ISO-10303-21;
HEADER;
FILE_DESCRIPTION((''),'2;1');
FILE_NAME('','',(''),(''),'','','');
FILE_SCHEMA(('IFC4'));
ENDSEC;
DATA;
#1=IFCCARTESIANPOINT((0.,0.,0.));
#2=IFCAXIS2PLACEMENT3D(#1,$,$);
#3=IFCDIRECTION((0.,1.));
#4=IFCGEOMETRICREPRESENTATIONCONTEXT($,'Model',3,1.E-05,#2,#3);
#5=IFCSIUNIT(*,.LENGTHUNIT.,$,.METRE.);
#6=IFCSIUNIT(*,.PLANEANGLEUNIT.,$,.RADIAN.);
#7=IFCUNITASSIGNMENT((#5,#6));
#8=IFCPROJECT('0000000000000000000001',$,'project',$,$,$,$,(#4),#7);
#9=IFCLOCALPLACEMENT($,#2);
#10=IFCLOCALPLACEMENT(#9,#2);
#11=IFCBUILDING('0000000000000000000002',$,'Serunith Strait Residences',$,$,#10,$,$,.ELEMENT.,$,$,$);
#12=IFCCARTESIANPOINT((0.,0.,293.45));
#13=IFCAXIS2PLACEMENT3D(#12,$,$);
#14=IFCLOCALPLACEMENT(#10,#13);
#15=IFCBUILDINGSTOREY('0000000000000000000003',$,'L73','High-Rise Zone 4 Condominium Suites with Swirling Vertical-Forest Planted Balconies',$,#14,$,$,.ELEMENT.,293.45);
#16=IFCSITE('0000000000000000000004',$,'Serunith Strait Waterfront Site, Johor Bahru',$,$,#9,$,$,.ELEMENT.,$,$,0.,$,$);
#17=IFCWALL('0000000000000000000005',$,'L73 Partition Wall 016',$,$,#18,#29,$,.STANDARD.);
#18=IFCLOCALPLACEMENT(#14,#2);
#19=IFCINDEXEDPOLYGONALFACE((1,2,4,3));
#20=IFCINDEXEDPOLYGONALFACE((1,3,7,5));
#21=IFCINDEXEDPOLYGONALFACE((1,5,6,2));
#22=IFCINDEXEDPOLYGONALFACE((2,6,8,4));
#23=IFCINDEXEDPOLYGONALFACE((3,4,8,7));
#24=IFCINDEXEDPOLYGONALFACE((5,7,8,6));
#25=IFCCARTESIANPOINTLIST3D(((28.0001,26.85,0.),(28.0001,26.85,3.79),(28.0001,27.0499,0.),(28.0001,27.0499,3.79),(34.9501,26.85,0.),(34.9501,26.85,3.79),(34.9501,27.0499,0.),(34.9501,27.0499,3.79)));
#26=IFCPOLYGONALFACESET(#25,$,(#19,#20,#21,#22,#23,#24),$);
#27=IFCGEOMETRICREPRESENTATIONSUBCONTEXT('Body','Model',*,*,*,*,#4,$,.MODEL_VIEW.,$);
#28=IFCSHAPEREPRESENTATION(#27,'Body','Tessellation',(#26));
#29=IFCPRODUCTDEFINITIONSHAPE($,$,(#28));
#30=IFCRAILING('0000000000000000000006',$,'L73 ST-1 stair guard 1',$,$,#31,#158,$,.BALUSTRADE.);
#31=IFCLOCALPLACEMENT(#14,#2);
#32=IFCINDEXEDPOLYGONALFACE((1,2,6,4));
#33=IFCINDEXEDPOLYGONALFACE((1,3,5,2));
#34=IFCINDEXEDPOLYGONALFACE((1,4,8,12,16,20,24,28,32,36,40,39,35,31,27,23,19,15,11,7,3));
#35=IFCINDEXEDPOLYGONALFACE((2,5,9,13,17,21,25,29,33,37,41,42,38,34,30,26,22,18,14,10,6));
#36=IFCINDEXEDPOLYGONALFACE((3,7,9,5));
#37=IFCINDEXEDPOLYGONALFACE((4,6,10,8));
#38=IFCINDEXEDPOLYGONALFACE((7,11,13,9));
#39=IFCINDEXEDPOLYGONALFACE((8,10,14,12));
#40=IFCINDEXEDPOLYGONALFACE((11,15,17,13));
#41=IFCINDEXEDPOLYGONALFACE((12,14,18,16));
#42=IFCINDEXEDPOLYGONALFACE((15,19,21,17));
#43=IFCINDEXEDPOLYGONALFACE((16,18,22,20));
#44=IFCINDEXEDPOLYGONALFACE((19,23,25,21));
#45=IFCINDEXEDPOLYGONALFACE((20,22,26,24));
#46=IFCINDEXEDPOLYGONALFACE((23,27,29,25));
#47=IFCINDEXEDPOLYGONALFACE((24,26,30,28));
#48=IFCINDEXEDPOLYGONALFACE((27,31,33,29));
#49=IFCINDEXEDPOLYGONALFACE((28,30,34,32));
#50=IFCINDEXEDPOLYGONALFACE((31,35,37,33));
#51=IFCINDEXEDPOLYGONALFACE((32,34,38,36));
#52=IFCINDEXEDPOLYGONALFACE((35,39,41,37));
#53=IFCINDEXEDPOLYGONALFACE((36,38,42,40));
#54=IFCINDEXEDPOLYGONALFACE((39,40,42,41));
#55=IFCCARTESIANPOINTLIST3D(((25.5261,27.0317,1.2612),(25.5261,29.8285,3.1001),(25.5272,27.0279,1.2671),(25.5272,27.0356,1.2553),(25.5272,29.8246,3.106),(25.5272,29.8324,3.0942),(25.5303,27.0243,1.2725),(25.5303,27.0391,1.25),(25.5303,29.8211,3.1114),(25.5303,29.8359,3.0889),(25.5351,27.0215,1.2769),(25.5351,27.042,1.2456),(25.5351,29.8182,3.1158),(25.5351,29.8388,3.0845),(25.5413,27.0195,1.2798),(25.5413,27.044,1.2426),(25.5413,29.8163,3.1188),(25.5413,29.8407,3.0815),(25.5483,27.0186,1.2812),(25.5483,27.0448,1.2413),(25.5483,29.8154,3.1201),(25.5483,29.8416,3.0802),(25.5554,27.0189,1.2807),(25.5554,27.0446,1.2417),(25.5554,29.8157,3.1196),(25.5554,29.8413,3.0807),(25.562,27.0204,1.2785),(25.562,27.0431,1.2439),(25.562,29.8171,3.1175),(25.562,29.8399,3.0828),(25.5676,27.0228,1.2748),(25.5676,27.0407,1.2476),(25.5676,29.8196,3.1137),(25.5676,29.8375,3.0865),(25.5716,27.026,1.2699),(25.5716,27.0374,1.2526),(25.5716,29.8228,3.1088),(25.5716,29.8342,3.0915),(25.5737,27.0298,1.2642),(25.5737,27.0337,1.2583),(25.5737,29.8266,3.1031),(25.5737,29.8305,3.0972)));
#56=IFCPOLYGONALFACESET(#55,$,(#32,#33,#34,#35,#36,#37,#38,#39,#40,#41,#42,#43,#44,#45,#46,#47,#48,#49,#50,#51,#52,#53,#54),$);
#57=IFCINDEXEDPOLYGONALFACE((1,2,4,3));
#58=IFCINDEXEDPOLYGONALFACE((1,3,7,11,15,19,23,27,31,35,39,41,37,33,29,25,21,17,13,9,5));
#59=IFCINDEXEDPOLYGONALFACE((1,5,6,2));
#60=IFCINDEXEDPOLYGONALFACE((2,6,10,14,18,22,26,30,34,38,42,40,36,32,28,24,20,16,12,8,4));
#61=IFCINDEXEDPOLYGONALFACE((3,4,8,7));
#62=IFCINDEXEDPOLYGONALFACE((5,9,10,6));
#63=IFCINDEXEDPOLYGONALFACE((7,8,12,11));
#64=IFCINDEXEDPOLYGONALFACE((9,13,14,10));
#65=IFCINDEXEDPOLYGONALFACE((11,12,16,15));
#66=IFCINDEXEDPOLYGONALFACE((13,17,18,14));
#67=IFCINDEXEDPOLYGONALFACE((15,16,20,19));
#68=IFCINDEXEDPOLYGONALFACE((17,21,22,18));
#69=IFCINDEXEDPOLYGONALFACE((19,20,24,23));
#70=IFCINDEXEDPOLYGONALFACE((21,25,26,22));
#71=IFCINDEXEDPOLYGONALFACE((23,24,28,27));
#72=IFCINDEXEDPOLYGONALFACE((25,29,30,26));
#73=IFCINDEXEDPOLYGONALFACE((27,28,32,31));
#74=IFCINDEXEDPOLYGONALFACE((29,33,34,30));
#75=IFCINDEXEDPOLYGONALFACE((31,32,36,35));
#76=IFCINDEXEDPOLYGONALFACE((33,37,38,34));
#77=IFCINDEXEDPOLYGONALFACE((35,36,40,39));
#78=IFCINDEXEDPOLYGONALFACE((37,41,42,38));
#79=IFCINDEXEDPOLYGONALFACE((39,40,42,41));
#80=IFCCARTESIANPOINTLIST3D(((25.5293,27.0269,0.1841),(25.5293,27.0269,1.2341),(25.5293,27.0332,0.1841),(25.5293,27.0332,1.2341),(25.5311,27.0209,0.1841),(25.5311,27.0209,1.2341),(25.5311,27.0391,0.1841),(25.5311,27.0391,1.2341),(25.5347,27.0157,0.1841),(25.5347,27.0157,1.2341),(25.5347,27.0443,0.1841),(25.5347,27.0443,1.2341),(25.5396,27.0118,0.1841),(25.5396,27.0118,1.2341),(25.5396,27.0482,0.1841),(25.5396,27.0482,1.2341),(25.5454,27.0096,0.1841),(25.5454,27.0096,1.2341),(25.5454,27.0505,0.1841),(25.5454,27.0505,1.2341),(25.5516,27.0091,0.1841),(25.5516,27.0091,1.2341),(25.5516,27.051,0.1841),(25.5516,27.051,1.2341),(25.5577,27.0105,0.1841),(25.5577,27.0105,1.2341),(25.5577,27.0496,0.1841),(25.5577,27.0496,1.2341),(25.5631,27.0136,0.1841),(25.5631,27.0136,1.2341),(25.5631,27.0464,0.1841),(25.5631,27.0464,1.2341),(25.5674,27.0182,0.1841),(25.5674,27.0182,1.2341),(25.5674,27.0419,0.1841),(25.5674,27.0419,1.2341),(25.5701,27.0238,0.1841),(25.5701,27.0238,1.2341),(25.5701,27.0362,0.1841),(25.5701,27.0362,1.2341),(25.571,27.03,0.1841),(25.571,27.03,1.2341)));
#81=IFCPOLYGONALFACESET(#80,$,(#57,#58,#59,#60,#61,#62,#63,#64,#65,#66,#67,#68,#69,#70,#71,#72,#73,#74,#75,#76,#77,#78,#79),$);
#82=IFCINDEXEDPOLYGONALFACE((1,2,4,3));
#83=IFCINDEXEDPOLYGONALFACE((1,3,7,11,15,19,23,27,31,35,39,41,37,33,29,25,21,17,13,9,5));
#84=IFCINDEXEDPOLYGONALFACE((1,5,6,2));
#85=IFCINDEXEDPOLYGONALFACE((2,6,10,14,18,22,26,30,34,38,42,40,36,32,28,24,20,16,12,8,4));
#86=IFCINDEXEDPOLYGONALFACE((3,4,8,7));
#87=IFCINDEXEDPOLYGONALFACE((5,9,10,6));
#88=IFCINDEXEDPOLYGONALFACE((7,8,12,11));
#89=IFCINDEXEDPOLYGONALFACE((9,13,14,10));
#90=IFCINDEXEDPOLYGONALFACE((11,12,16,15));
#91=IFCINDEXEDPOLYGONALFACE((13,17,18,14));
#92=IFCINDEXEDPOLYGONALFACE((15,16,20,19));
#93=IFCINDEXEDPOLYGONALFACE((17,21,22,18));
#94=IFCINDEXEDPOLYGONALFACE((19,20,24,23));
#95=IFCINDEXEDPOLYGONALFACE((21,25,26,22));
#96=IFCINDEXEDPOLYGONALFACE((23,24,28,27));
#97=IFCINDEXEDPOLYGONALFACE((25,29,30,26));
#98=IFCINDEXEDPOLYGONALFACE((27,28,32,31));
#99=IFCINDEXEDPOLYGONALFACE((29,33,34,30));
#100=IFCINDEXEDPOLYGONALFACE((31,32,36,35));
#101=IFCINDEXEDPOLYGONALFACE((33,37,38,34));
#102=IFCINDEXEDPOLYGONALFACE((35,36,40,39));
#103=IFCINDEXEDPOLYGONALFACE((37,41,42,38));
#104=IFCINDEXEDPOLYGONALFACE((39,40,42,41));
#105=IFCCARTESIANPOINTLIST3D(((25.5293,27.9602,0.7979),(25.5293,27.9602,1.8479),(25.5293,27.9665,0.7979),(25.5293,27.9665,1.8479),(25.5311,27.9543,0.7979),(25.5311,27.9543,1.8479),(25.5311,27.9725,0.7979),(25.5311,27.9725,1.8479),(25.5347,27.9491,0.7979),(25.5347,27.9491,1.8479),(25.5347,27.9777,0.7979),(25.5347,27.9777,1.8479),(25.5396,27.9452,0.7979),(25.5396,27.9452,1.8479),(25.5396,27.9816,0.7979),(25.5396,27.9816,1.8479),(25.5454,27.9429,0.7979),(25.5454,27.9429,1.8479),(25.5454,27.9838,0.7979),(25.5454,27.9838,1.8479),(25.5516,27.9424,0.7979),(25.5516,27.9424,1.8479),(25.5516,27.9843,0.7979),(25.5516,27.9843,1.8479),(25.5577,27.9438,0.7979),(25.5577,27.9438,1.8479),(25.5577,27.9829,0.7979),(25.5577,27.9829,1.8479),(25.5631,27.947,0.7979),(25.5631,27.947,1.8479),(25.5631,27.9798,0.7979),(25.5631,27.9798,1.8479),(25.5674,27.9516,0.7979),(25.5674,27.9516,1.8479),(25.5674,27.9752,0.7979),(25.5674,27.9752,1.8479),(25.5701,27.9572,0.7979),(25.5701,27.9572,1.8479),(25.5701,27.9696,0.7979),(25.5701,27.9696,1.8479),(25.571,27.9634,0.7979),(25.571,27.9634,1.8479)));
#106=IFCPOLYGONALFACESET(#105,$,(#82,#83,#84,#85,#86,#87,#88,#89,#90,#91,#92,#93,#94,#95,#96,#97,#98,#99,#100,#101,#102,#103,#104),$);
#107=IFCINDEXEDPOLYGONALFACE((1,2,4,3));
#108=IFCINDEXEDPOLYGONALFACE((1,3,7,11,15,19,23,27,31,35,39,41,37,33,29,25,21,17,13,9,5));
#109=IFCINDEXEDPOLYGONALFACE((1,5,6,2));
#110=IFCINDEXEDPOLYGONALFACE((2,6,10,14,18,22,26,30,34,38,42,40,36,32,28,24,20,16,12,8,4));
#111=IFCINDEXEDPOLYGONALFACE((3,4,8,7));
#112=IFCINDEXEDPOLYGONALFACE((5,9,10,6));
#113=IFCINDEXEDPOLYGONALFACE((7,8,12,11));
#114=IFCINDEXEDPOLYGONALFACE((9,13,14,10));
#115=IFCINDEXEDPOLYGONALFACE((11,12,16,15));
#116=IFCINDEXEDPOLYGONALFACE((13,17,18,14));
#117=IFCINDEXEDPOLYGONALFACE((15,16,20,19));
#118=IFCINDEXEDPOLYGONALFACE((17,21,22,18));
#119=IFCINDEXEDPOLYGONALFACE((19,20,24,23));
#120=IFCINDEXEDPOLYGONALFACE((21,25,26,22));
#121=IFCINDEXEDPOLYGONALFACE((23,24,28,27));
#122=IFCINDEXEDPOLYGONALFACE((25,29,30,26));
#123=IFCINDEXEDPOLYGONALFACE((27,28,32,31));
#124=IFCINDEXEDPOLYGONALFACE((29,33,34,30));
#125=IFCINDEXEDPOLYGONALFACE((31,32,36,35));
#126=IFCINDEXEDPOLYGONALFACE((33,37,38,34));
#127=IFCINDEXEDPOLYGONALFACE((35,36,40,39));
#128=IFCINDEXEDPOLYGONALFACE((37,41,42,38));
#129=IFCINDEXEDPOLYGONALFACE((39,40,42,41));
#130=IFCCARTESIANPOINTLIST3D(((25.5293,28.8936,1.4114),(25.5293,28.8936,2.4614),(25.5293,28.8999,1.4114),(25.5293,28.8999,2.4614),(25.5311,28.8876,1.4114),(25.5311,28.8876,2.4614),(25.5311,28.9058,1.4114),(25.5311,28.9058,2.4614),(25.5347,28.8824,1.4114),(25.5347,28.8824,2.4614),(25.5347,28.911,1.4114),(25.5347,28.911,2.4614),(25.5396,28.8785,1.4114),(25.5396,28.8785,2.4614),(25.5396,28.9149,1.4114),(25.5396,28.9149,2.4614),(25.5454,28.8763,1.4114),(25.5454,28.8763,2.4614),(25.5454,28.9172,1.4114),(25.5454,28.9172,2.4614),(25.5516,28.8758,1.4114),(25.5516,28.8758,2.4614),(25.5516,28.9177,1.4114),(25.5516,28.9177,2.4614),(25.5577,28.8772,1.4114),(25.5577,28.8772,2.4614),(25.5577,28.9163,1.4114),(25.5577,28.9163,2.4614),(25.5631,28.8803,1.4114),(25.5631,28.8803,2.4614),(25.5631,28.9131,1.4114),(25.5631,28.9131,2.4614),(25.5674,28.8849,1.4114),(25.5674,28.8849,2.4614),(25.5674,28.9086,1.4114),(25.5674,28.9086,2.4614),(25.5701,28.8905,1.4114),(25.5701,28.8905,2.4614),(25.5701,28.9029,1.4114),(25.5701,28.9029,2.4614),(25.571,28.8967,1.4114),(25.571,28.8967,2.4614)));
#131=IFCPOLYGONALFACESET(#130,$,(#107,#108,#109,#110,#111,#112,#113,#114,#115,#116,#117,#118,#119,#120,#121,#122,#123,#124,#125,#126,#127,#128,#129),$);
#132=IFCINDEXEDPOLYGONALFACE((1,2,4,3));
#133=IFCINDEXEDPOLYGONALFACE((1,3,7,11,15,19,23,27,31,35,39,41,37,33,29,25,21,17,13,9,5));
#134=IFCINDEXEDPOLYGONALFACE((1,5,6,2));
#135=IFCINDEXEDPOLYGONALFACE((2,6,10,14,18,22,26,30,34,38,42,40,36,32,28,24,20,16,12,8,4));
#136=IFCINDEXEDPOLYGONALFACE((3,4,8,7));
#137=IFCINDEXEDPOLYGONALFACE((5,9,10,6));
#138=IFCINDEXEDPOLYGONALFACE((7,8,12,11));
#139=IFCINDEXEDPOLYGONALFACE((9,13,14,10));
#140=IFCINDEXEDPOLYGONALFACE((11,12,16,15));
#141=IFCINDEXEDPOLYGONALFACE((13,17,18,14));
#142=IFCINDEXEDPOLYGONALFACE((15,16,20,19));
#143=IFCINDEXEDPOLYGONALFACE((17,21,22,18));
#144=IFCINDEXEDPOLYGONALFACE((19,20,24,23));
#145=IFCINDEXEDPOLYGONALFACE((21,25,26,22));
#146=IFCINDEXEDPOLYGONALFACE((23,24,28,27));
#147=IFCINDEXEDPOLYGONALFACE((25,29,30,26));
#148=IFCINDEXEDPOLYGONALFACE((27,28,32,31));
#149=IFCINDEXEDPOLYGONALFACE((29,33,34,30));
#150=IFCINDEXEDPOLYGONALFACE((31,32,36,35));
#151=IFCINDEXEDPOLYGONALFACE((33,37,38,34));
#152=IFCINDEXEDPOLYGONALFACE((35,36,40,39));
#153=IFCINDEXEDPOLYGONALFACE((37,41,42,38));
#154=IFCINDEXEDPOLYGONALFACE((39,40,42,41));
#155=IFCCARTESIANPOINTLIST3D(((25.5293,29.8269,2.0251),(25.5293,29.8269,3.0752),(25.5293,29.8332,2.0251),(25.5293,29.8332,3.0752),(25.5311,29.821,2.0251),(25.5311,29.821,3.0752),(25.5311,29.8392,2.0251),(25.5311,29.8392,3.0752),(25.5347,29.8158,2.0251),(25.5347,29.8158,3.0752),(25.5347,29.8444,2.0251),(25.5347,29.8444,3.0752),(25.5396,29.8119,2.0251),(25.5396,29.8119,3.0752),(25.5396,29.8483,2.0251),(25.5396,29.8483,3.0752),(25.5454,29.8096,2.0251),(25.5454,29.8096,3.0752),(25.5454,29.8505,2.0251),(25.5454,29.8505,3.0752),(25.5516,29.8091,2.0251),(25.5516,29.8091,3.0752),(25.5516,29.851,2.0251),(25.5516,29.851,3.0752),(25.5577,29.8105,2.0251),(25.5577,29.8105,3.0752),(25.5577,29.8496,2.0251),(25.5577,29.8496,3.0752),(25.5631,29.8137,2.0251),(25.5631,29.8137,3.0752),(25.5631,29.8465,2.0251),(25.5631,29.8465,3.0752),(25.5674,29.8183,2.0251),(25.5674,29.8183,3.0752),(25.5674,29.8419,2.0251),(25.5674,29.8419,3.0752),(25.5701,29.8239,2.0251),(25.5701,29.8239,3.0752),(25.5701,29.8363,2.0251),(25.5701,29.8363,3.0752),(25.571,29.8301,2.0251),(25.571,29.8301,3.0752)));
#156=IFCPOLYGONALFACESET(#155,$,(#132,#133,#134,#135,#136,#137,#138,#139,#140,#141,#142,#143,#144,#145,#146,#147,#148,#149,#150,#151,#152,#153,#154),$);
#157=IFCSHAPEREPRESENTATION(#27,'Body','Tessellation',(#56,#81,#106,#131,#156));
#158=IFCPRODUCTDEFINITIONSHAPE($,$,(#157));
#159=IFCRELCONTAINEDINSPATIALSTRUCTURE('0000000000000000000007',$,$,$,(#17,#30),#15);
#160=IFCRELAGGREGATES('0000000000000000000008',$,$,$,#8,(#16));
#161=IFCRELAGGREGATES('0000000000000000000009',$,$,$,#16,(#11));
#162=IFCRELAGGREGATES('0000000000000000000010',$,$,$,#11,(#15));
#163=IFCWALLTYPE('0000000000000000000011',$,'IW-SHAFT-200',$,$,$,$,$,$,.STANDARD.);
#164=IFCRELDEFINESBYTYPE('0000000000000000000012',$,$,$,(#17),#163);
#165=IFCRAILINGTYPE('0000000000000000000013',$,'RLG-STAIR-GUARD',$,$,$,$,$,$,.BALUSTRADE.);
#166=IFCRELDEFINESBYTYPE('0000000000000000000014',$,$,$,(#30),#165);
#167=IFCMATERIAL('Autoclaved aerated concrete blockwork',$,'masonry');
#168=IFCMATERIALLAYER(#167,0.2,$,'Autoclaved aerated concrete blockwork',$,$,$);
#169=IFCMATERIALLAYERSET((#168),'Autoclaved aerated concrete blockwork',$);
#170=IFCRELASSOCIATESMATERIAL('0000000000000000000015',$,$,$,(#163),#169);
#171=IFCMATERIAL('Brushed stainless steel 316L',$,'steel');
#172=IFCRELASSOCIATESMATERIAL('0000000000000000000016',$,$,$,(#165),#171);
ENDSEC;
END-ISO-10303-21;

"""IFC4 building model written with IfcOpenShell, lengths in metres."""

from ifc_helpers import new_model, si_unit, direction, frame, frame_2d, origin, origin_2d, place, context, subcontext, project, spatial, rectangle, circle, extrude, material, layer, layer_set, type_object, element, save


model = new_model("IFC4")

# Units and contexts
model_context = context("Model", 3, precision=1e-05, world=origin(), true_north=direction((0.0, 1.0)))
body_context = subcontext(model_context, "Body", "Model", "MODEL_VIEW")
ifc_project = project(units=[si_unit("LENGTHUNIT", "METRE"), si_unit("PLANEANGLEUNIT", "RADIAN")], contexts=[model_context])

# Site, building, storey
site_placement = place(None, origin())
site = spatial("IfcSite", under=ifc_project, at=site_placement, Name="Serunith Strait Waterfront Site, Johor Bahru", CompositionType="ELEMENT", RefElevation=0.0)
building_placement = place(site_placement, origin())
building = spatial("IfcBuilding", under=site, at=building_placement, Name="Serunith Strait Residences", CompositionType="ELEMENT")
storey_placement = place(building_placement, frame((0.0, 0.0, 293.45)))
storey = spatial("IfcBuildingStorey", under=building, at=storey_placement, Name="L73", Description="High-Rise Zone 4 Condominium Suites with Swirling Vertical-Forest Planted Balconies", CompositionType="ELEMENT", Elevation=293.45)

# Shared definitions
ifc_material_1 = material(Name="Autoclaved aerated concrete blockwork", Category="masonry")
ifc_layer_1 = layer(ifc_material_1, 0.2, Name="Autoclaved aerated concrete blockwork")
ifc_layer_set_1 = layer_set([ifc_layer_1], Name="Autoclaved aerated concrete blockwork")
wall_type_1 = type_object("IfcWallType", Name="IW-SHAFT-200", PredefinedType="STANDARD", material=ifc_layer_set_1)

# Wall
wall_1_placement = place(storey_placement, frame((28.0, 26.95, 0.0), z_axis=(0.0, 0.0, 1.0), x_axis=(1.0, 0.0, 0.0)))
element("IfcWall", 1, at=wall_1_placement, inside=storey, type_object=wall_type_1, Name="L73 Partition Wall 016", PredefinedType="STANDARD", context=body_context, shape_type="SweptSolid", body=[
    extrude(rectangle(XDim=6.95, YDim=0.2, at=frame_2d((3.4751, 0.0))), origin(), (0.0, 0.0, 1.0), 3.79),
])

# Railing
ifc_material_2 = material(Name="Brushed stainless steel 316L", Category="steel")
railing_type_1 = type_object("IfcRailingType", Name="RLG-STAIR-GUARD", PredefinedType="BALUSTRADE", material=ifc_material_2)
railing_1_placement = place(storey_placement, frame((25.55, 27.03, 0.1841)))
element("IfcRailing", 2, at=railing_1_placement, inside=storey, type_object=railing_type_1, Name="L73 ST-1 stair guard 1", PredefinedType="BALUSTRADE", context=body_context, shape_type="SweptSolid", body=[
    extrude(circle(Radius=0.0239, at=origin_2d()), frame((0.0, 0.0017, 1.0771), z_axis=(0.0, 0.835564, 0.549393), x_axis=(-1.0, 0.0, 0.0)), (0.0, 0.0, 1.0), 3.3472),
    extrude(circle(Radius=0.021, at=origin_2d()), origin(), (0.0, 0.0, 1.0), 1.05),
    extrude(circle(Radius=0.021, at=origin_2d()), frame((0.0, 0.9333, 0.6138)), (0.0, 0.0, 1.0), 1.05),
    extrude(circle(Radius=0.021, at=origin_2d()), frame((0.0, 1.8667, 1.2273)), (0.0, 0.0, 1.0), 1.05),
    extrude(circle(Radius=0.021, at=origin_2d()), frame((0.0, 2.8, 1.8411)), (0.0, 0.0, 1.0), 1.05),
])

save(model, "model.ifc")
